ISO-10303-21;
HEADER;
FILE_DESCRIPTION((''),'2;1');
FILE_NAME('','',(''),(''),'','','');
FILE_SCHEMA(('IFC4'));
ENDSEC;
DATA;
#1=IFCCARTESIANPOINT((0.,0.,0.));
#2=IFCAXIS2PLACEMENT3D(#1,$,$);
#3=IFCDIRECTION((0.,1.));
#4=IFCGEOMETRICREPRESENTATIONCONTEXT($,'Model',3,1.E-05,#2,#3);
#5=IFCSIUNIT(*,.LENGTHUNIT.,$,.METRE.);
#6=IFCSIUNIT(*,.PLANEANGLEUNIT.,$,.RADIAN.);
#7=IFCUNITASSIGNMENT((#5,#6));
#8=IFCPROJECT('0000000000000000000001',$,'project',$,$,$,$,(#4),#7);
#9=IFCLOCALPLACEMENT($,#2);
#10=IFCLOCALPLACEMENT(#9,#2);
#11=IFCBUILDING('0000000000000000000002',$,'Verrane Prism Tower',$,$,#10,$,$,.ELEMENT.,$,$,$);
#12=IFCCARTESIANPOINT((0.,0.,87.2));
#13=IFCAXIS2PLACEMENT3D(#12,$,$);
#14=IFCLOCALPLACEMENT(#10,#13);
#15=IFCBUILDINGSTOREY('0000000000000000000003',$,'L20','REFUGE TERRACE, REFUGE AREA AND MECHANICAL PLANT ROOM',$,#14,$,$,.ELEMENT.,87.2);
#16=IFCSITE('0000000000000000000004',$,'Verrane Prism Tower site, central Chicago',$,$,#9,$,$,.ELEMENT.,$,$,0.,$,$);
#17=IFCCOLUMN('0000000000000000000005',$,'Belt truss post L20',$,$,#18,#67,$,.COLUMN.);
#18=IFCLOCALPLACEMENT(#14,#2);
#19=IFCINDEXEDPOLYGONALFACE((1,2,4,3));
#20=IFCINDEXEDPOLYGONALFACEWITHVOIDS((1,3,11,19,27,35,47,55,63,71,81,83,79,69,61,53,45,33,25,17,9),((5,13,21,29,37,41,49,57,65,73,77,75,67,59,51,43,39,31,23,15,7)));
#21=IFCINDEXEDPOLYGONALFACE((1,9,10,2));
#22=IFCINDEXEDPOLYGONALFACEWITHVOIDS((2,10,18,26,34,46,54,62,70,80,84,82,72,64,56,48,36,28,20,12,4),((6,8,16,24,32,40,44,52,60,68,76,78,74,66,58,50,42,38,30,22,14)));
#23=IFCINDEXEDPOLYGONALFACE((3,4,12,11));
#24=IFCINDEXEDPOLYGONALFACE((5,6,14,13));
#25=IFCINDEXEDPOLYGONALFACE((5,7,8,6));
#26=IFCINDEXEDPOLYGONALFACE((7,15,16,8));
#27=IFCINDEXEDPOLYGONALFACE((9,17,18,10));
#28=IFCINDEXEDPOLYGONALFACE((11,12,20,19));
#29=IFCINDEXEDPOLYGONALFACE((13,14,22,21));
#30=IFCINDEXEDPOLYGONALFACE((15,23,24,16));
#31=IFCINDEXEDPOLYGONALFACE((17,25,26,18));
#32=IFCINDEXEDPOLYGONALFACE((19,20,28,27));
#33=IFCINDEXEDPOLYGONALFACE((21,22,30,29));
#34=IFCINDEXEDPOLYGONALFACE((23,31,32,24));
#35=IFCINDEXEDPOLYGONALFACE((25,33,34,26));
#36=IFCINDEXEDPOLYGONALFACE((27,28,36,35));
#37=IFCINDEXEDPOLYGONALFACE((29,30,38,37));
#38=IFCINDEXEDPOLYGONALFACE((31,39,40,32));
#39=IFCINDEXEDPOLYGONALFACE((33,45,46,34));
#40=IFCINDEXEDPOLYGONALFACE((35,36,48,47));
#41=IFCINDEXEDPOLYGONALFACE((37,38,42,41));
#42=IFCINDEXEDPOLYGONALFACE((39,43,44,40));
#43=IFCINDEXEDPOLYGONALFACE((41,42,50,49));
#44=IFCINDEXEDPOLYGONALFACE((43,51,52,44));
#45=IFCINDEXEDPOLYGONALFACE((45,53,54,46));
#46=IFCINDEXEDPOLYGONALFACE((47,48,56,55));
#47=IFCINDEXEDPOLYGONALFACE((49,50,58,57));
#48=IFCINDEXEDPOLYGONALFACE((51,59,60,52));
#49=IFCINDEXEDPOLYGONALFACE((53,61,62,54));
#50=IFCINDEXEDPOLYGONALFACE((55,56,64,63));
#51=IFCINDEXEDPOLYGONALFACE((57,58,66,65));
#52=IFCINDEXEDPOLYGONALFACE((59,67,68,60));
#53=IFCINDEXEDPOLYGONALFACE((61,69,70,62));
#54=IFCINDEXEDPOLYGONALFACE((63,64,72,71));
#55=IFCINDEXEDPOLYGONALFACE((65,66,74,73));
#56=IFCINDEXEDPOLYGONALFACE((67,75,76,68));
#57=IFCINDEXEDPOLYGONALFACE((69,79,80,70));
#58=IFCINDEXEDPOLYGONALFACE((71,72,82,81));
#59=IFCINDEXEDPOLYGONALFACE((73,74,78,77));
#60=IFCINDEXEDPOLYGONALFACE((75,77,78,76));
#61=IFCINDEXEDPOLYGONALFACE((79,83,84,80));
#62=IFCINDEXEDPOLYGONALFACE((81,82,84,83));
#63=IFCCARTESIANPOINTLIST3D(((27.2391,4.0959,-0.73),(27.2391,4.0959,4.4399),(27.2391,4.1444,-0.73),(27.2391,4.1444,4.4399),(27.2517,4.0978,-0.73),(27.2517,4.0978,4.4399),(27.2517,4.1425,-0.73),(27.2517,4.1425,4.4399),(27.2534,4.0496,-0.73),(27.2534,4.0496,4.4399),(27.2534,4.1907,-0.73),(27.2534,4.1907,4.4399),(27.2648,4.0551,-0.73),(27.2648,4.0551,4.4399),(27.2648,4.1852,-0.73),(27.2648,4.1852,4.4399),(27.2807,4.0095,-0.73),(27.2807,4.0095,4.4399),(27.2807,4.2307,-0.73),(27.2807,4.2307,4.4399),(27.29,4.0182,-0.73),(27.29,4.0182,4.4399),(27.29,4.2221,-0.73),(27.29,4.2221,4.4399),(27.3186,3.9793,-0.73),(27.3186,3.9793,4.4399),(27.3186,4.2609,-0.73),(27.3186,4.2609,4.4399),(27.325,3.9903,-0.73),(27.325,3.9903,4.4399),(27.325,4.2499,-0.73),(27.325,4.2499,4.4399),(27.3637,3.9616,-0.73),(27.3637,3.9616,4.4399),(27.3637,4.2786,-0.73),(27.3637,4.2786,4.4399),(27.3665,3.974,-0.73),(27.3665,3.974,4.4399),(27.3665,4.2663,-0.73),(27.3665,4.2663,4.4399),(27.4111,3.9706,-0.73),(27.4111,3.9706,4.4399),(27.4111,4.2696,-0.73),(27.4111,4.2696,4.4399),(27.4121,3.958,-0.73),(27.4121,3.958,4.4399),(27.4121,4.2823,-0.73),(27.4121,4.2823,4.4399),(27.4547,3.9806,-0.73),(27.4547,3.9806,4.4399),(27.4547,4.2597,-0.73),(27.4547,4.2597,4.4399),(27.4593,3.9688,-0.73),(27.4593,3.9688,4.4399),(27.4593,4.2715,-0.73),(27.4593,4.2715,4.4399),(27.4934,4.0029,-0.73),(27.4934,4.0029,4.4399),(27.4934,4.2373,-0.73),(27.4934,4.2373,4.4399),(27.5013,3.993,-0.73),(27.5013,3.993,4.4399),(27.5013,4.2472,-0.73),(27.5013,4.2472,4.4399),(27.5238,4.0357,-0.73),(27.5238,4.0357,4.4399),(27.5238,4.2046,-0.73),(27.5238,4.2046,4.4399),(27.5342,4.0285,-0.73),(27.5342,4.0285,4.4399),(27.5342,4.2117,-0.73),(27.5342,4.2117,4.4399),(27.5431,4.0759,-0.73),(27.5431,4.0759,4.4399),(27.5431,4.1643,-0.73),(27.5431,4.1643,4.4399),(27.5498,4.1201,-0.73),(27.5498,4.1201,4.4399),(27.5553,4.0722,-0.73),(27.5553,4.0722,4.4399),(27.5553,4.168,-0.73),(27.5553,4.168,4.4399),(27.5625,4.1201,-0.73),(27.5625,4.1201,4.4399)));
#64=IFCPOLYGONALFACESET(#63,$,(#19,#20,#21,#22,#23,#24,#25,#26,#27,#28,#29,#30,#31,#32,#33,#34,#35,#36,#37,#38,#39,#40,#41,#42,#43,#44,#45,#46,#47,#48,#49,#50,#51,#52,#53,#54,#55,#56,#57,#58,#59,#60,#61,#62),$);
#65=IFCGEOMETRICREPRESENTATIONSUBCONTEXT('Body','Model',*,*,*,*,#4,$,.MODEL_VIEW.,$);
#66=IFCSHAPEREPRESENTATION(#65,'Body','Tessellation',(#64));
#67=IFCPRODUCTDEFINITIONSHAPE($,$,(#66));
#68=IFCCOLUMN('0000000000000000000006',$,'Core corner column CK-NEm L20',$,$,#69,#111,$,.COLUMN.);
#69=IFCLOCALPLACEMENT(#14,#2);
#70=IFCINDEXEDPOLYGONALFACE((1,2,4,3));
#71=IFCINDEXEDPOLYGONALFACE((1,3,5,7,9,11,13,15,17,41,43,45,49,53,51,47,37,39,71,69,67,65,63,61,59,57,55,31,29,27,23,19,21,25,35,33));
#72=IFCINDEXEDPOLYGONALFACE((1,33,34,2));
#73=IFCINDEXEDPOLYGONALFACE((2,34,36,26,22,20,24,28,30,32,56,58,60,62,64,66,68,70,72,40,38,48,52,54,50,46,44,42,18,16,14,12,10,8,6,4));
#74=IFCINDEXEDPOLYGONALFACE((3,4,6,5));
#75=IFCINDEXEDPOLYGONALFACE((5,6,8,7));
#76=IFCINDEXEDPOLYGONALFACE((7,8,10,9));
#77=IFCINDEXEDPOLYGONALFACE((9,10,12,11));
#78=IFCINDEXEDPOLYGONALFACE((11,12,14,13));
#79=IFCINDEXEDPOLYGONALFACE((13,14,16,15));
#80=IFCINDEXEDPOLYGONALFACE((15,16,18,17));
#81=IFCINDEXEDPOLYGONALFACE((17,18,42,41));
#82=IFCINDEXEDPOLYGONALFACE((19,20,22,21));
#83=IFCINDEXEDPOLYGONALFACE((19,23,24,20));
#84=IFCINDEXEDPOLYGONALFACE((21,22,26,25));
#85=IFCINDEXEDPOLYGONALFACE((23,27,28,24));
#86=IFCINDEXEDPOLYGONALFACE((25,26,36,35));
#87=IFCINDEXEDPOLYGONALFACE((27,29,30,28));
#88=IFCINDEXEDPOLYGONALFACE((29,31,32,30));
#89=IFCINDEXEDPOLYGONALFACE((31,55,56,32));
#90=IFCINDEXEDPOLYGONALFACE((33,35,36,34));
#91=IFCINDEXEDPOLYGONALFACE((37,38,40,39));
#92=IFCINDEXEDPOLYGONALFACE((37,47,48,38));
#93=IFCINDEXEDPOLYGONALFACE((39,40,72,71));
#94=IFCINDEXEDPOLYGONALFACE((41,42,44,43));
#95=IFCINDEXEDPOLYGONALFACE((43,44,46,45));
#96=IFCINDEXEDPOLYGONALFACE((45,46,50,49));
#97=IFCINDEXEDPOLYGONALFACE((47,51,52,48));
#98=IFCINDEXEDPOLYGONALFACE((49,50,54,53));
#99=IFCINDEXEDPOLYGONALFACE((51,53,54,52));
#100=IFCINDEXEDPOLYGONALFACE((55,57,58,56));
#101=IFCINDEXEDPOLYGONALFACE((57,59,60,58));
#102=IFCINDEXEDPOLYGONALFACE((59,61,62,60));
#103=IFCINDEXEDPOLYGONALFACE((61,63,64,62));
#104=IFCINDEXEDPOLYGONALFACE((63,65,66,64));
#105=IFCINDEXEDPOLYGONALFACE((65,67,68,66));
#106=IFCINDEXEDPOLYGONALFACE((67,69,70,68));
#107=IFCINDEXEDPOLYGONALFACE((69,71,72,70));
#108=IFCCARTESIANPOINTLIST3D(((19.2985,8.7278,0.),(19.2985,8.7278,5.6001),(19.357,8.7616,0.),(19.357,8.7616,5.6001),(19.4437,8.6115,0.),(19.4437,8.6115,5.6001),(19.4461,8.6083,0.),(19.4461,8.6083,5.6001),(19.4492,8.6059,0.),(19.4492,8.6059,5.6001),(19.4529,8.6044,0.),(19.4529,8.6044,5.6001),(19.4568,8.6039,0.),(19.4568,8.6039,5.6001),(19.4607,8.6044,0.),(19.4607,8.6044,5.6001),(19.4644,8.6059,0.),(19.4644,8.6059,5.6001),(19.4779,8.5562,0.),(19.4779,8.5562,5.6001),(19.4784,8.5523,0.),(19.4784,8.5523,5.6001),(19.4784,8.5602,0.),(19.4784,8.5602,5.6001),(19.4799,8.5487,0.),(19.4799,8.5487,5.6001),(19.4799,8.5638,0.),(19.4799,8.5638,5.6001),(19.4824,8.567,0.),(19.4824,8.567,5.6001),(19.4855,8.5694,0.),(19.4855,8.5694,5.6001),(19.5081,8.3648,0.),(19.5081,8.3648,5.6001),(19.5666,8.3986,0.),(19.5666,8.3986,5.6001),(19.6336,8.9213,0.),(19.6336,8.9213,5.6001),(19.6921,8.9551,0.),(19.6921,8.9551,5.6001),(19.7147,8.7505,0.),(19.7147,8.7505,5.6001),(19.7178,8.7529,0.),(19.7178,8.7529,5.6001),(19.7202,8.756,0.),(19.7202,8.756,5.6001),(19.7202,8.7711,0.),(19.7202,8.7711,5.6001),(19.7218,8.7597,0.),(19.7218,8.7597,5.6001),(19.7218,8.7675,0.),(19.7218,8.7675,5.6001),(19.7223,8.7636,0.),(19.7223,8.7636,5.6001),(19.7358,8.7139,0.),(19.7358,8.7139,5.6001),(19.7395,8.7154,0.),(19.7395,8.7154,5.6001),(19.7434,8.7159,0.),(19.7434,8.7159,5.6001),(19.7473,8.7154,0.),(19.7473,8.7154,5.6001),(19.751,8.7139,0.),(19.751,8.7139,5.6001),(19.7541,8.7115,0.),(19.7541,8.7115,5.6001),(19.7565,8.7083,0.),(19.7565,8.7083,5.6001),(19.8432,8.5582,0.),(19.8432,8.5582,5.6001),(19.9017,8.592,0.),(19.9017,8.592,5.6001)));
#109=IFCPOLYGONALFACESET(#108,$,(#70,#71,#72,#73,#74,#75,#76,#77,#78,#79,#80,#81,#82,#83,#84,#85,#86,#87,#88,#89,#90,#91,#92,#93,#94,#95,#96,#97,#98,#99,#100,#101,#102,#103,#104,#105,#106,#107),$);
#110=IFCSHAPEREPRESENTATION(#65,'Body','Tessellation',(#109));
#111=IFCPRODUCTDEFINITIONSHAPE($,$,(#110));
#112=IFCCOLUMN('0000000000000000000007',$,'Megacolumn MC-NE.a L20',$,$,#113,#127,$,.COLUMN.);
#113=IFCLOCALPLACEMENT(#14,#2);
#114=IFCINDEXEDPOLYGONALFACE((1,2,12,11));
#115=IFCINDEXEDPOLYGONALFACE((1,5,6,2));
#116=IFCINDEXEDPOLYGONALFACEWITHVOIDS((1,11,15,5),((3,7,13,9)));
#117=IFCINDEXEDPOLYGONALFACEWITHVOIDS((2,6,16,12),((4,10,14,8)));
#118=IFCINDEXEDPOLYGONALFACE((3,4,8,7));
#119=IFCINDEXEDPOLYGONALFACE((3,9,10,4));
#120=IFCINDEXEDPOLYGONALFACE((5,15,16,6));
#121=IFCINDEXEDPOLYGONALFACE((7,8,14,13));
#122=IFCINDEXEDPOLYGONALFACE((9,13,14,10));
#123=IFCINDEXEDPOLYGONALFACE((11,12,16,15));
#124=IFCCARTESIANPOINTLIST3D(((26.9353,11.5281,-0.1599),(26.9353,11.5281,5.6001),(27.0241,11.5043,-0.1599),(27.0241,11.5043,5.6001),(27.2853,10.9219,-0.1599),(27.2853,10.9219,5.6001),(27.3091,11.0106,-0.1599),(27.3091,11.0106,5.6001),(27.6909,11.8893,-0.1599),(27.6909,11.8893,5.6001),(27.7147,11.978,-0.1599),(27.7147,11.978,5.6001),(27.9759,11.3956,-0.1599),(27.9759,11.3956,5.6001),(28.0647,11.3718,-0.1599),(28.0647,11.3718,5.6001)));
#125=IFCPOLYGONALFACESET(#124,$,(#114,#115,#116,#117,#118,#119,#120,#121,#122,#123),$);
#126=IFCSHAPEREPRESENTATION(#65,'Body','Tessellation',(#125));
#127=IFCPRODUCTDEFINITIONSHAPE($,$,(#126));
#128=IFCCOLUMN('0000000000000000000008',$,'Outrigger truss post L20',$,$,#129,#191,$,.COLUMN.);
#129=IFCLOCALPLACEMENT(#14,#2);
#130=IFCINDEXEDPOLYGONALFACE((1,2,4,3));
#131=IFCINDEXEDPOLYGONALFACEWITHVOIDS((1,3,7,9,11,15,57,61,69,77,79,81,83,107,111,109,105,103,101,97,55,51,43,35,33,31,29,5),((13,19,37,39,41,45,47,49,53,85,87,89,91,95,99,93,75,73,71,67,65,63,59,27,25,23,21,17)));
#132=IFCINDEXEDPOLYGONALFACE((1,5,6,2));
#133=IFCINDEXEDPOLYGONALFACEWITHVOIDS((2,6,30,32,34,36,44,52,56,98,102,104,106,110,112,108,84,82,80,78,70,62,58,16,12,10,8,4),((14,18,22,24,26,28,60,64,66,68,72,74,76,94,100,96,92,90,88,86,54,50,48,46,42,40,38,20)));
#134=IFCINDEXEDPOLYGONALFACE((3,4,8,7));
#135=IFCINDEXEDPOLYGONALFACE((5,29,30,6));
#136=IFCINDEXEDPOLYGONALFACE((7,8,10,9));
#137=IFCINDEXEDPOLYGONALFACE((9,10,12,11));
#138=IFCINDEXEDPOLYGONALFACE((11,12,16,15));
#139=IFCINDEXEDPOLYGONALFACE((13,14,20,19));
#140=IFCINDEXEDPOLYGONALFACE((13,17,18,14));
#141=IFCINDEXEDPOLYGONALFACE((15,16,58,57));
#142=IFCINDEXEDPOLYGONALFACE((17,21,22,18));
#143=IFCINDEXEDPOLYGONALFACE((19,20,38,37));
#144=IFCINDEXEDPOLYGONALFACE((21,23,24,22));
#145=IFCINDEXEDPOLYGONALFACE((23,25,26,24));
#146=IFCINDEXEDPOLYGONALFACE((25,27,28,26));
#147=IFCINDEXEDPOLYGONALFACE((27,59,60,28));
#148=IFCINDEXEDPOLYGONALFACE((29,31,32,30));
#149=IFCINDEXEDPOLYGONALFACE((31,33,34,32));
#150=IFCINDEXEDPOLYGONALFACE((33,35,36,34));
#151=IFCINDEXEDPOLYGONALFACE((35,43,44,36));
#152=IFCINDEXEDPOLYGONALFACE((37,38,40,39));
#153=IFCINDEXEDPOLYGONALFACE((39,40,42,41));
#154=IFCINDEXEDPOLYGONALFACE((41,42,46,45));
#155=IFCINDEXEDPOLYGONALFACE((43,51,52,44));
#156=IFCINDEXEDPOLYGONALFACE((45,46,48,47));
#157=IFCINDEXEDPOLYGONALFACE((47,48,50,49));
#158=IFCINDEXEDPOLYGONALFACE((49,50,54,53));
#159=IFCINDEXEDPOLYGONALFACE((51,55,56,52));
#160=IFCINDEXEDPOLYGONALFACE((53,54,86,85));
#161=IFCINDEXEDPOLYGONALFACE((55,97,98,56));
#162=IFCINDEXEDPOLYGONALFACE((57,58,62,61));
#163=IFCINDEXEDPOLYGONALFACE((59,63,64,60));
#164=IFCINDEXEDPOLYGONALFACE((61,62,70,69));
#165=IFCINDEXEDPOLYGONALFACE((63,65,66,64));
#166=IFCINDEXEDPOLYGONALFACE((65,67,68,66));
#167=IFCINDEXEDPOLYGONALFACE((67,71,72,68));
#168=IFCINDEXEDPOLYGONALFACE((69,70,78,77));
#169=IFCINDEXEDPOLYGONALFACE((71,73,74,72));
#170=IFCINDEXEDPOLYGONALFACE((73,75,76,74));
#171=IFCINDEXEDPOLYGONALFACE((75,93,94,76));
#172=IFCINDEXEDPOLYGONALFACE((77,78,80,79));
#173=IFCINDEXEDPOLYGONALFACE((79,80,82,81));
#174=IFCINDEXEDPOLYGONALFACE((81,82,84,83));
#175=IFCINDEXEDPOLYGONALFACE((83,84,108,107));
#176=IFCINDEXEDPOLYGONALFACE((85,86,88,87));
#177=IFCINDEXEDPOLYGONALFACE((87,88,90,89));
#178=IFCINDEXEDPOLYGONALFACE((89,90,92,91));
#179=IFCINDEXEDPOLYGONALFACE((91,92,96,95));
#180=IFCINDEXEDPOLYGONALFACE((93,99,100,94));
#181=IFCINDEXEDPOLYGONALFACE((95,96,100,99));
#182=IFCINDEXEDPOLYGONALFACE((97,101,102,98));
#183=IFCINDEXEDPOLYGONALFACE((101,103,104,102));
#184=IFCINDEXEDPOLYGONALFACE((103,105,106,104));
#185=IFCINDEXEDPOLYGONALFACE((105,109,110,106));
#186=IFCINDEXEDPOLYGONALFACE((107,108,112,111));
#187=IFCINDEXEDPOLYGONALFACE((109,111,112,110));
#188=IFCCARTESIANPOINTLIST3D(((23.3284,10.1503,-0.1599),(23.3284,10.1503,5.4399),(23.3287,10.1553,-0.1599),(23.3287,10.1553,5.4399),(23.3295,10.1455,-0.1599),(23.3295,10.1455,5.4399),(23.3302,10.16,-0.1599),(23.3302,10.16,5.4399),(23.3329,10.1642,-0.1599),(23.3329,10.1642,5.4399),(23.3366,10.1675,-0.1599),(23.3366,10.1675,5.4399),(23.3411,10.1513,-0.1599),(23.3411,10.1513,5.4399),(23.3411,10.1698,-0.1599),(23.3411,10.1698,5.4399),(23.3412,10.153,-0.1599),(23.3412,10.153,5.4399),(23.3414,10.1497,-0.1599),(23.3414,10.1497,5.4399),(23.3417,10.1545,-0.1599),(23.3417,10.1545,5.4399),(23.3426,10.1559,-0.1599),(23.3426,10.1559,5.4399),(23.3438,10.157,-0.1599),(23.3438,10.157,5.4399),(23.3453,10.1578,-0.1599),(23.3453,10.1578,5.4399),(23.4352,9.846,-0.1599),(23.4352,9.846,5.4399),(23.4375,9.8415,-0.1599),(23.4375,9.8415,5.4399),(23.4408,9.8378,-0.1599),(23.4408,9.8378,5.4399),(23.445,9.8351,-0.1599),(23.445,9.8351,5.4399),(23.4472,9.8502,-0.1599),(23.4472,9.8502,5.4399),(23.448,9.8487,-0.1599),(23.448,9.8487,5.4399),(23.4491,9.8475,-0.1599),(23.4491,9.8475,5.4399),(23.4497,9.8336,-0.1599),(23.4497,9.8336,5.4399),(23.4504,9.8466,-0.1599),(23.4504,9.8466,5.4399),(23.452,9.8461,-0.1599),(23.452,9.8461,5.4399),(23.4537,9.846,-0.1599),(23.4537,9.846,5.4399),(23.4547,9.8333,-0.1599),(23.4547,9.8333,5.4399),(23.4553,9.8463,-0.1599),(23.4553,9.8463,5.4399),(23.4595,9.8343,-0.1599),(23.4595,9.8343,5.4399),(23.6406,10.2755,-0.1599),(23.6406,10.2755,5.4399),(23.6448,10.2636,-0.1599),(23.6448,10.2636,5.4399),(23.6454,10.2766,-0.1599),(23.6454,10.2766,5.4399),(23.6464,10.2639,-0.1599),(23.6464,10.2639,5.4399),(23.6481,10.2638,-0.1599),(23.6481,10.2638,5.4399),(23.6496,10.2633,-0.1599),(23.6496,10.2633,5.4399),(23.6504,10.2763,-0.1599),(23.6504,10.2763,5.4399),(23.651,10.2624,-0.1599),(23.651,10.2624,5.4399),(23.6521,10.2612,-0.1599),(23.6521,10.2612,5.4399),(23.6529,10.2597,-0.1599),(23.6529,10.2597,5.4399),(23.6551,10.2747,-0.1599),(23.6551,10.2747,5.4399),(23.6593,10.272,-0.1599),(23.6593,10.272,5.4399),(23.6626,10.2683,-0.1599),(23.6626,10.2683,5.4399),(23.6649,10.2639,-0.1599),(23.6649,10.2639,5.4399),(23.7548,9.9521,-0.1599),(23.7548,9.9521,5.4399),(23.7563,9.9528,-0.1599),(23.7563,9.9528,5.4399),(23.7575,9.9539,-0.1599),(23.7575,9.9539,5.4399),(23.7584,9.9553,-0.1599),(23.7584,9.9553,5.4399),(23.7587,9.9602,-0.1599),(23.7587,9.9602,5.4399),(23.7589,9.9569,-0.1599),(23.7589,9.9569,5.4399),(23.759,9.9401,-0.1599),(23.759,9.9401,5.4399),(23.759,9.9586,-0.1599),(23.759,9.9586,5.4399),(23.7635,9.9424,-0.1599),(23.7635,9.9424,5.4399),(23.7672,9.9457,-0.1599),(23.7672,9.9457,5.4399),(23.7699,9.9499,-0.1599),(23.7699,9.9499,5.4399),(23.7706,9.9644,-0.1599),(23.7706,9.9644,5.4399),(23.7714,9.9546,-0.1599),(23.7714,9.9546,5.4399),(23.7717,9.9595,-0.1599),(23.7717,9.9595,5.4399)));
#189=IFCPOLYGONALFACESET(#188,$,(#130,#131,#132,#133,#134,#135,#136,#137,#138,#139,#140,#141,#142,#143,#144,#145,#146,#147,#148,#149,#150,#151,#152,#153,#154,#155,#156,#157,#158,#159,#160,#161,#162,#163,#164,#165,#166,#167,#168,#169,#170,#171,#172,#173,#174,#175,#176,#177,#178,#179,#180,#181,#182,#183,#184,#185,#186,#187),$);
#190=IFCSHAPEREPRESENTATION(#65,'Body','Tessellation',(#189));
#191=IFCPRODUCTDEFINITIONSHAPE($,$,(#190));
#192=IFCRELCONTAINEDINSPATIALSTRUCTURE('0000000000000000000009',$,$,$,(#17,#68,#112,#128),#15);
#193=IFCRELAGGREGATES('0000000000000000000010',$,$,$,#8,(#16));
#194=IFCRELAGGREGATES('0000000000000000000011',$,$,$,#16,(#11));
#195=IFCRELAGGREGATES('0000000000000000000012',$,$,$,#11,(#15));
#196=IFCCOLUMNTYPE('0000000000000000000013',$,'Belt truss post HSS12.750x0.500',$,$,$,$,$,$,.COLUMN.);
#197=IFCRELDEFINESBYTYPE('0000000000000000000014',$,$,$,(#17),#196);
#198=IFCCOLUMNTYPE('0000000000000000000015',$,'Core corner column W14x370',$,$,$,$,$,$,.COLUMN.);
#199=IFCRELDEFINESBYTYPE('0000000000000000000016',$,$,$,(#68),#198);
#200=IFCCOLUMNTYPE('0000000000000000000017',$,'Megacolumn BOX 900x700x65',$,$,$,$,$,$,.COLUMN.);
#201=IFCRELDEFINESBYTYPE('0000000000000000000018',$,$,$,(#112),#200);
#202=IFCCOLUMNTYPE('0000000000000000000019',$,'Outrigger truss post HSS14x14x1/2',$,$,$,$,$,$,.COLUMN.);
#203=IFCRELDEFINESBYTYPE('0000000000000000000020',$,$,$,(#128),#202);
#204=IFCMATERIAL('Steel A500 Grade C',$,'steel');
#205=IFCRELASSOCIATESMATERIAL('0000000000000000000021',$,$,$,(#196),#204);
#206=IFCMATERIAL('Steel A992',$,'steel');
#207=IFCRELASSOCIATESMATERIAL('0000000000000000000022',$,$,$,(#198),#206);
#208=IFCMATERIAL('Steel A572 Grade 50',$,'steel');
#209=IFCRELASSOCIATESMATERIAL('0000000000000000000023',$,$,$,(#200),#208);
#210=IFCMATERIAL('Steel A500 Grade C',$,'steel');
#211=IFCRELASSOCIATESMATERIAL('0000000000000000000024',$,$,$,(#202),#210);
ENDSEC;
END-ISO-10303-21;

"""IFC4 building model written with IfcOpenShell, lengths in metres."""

from ifc_helpers import new_model, si_unit, direction, frame, origin, origin_2d, place, context, subcontext, project, spatial, hollow_rectangle, hollow_circle, i_section, extrude, material, material_profile, profile_set, type_object, element, save


model = new_model("IFC4")

# Units and contexts
model_context = context("Model", 3, precision=1e-05, world=origin(), true_north=direction((0.0, 1.0)))
body_context = subcontext(model_context, "Body", "Model", "MODEL_VIEW")
ifc_project = project(units=[si_unit("LENGTHUNIT", "METRE"), si_unit("PLANEANGLEUNIT", "RADIAN")], contexts=[model_context])

# Site, building, storey
site_placement = place(None, origin())
site = spatial("IfcSite", under=ifc_project, at=site_placement, Name="Verrane Prism Tower site, central Chicago", CompositionType="ELEMENT", RefElevation=0.0)
building_placement = place(site_placement, origin())
building = spatial("IfcBuilding", under=site, at=building_placement, Name="Verrane Prism Tower", CompositionType="ELEMENT")
storey_placement = place(building_placement, frame((0.0, 0.0, 87.2)))
storey = spatial("IfcBuildingStorey", under=building, at=storey_placement, Name="L20", Description="REFUGE TERRACE, REFUGE AREA AND MECHANICAL PLANT ROOM", CompositionType="ELEMENT", Elevation=87.2)

# Columns
ifc_material_1 = material(Name="Steel A500 Grade C", Category="steel")
ifc_material_profile_1 = material_profile(ifc_material_1, hollow_circle(Radius=0.1626, WallThickness=0.0127, at=origin_2d()), Name="HSS12.750x0.500")
ifc_profile_set_1 = profile_set([ifc_material_profile_1], Name="Steel A500 Grade C")
column_type_1 = type_object("IfcColumnType", Name="Belt truss post HSS12.750x0.500", PredefinedType="COLUMN", material=ifc_profile_set_1)
column_1_placement = place(storey_placement, frame((27.3999, 4.1201, -0.73), z_axis=(0.0, 0.0, 1.0), x_axis=(-0.5, -0.866025, 0.0)))
element("IfcColumn", 1, at=column_1_placement, inside=storey, type_object=column_type_1, Name="Belt truss post L20", PredefinedType="COLUMN", context=body_context, shape_type="SweptSolid", body=[
    extrude(hollow_circle(Radius=0.1626, WallThickness=0.0127, at=origin_2d()), origin(), (0.0, 0.0, 1.0), 5.1699),
])
ifc_material_2 = material(Name="Steel A992", Category="steel")
ifc_material_profile_2 = material_profile(ifc_material_2, i_section(OverallWidth=0.4192, OverallDepth=0.4546, WebThickness=0.0422, FlangeThickness=0.0676, FilletRadius=0.0151, at=origin_2d()), Name="W14x370")
ifc_profile_set_2 = profile_set([ifc_material_profile_2], Name="Steel A992")
column_type_2 = type_object("IfcColumnType", Name="Core corner column W14x370", PredefinedType="COLUMN", material=ifc_profile_set_2)
column_2_placement = place(storey_placement, frame((19.6001, 8.6599, 0.0), z_axis=(0.0, 0.0, 1.0), x_axis=(0.5, -0.866025, 0.0)))
element("IfcColumn", 2, at=column_2_placement, inside=storey, type_object=column_type_2, Name="Core corner column CK-NEm L20", PredefinedType="COLUMN", context=body_context, shape_type="SweptSolid", body=[
    extrude(i_section(OverallWidth=0.4192, OverallDepth=0.4546, WebThickness=0.0422, FlangeThickness=0.0676, FilletRadius=0.0151, at=origin_2d()), origin(), (0.0, 0.0, 1.0), 5.6001),
])
ifc_material_3 = material(Name="Steel A572 Grade 50", Category="steel")
ifc_material_profile_3 = material_profile(ifc_material_3, hollow_rectangle(XDim=0.7, YDim=0.8999, WallThickness=0.0649, at=origin_2d()), Name="BOX 900x700x65")
ifc_profile_set_3 = profile_set([ifc_material_profile_3], Name="Steel A572 Grade 50")
column_type_3 = type_object("IfcColumnType", Name="Megacolumn BOX 900x700x65", PredefinedType="COLUMN", material=ifc_profile_set_3)
column_3_placement = place(storey_placement, frame((27.5, 11.45, -0.1599), z_axis=(0.0, 0.0, 1.0), x_axis=(0.5, -0.866025, 0.0)))
element("IfcColumn", 3, at=column_3_placement, inside=storey, type_object=column_type_3, Name="Megacolumn MC-NE.a L20", PredefinedType="COLUMN", context=body_context, shape_type="SweptSolid", body=[
    extrude(hollow_rectangle(XDim=0.7, YDim=0.8999, WallThickness=0.0649, at=origin_2d()), origin(), (0.0, 0.0, 1.0), 5.76),
])
ifc_material_4 = material(Name="Steel A500 Grade C", Category="steel")
ifc_material_profile_4 = material_profile(ifc_material_4, hollow_rectangle(XDim=0.3557, YDim=0.3557, WallThickness=0.0127, InnerFilletRadius=0.0063, OuterFilletRadius=0.019, at=origin_2d()), Name="HSS14x14x1/2")
ifc_profile_set_4 = profile_set([ifc_material_profile_4], Name="Steel A500 Grade C")
column_type_4 = type_object("IfcColumnType", Name="Outrigger truss post HSS14x14x1/2", PredefinedType="COLUMN", material=ifc_profile_set_4)
column_4_placement = place(storey_placement, frame((23.55, 10.0549, -0.1599), z_axis=(0.0, 0.0, 1.0), x_axis=(-0.333007, 0.942924, 0.0)))
element("IfcColumn", 4, at=column_4_placement, inside=storey, type_object=column_type_4, Name="Outrigger truss post L20", PredefinedType="COLUMN", context=body_context, shape_type="SweptSolid", body=[
    extrude(hollow_rectangle(XDim=0.3557, YDim=0.3557, WallThickness=0.0127, InnerFilletRadius=0.0063, OuterFilletRadius=0.019, at=origin_2d()), origin(), (0.0, 0.0, 1.0), 5.5999),
])

save(model, "model.ifc")
